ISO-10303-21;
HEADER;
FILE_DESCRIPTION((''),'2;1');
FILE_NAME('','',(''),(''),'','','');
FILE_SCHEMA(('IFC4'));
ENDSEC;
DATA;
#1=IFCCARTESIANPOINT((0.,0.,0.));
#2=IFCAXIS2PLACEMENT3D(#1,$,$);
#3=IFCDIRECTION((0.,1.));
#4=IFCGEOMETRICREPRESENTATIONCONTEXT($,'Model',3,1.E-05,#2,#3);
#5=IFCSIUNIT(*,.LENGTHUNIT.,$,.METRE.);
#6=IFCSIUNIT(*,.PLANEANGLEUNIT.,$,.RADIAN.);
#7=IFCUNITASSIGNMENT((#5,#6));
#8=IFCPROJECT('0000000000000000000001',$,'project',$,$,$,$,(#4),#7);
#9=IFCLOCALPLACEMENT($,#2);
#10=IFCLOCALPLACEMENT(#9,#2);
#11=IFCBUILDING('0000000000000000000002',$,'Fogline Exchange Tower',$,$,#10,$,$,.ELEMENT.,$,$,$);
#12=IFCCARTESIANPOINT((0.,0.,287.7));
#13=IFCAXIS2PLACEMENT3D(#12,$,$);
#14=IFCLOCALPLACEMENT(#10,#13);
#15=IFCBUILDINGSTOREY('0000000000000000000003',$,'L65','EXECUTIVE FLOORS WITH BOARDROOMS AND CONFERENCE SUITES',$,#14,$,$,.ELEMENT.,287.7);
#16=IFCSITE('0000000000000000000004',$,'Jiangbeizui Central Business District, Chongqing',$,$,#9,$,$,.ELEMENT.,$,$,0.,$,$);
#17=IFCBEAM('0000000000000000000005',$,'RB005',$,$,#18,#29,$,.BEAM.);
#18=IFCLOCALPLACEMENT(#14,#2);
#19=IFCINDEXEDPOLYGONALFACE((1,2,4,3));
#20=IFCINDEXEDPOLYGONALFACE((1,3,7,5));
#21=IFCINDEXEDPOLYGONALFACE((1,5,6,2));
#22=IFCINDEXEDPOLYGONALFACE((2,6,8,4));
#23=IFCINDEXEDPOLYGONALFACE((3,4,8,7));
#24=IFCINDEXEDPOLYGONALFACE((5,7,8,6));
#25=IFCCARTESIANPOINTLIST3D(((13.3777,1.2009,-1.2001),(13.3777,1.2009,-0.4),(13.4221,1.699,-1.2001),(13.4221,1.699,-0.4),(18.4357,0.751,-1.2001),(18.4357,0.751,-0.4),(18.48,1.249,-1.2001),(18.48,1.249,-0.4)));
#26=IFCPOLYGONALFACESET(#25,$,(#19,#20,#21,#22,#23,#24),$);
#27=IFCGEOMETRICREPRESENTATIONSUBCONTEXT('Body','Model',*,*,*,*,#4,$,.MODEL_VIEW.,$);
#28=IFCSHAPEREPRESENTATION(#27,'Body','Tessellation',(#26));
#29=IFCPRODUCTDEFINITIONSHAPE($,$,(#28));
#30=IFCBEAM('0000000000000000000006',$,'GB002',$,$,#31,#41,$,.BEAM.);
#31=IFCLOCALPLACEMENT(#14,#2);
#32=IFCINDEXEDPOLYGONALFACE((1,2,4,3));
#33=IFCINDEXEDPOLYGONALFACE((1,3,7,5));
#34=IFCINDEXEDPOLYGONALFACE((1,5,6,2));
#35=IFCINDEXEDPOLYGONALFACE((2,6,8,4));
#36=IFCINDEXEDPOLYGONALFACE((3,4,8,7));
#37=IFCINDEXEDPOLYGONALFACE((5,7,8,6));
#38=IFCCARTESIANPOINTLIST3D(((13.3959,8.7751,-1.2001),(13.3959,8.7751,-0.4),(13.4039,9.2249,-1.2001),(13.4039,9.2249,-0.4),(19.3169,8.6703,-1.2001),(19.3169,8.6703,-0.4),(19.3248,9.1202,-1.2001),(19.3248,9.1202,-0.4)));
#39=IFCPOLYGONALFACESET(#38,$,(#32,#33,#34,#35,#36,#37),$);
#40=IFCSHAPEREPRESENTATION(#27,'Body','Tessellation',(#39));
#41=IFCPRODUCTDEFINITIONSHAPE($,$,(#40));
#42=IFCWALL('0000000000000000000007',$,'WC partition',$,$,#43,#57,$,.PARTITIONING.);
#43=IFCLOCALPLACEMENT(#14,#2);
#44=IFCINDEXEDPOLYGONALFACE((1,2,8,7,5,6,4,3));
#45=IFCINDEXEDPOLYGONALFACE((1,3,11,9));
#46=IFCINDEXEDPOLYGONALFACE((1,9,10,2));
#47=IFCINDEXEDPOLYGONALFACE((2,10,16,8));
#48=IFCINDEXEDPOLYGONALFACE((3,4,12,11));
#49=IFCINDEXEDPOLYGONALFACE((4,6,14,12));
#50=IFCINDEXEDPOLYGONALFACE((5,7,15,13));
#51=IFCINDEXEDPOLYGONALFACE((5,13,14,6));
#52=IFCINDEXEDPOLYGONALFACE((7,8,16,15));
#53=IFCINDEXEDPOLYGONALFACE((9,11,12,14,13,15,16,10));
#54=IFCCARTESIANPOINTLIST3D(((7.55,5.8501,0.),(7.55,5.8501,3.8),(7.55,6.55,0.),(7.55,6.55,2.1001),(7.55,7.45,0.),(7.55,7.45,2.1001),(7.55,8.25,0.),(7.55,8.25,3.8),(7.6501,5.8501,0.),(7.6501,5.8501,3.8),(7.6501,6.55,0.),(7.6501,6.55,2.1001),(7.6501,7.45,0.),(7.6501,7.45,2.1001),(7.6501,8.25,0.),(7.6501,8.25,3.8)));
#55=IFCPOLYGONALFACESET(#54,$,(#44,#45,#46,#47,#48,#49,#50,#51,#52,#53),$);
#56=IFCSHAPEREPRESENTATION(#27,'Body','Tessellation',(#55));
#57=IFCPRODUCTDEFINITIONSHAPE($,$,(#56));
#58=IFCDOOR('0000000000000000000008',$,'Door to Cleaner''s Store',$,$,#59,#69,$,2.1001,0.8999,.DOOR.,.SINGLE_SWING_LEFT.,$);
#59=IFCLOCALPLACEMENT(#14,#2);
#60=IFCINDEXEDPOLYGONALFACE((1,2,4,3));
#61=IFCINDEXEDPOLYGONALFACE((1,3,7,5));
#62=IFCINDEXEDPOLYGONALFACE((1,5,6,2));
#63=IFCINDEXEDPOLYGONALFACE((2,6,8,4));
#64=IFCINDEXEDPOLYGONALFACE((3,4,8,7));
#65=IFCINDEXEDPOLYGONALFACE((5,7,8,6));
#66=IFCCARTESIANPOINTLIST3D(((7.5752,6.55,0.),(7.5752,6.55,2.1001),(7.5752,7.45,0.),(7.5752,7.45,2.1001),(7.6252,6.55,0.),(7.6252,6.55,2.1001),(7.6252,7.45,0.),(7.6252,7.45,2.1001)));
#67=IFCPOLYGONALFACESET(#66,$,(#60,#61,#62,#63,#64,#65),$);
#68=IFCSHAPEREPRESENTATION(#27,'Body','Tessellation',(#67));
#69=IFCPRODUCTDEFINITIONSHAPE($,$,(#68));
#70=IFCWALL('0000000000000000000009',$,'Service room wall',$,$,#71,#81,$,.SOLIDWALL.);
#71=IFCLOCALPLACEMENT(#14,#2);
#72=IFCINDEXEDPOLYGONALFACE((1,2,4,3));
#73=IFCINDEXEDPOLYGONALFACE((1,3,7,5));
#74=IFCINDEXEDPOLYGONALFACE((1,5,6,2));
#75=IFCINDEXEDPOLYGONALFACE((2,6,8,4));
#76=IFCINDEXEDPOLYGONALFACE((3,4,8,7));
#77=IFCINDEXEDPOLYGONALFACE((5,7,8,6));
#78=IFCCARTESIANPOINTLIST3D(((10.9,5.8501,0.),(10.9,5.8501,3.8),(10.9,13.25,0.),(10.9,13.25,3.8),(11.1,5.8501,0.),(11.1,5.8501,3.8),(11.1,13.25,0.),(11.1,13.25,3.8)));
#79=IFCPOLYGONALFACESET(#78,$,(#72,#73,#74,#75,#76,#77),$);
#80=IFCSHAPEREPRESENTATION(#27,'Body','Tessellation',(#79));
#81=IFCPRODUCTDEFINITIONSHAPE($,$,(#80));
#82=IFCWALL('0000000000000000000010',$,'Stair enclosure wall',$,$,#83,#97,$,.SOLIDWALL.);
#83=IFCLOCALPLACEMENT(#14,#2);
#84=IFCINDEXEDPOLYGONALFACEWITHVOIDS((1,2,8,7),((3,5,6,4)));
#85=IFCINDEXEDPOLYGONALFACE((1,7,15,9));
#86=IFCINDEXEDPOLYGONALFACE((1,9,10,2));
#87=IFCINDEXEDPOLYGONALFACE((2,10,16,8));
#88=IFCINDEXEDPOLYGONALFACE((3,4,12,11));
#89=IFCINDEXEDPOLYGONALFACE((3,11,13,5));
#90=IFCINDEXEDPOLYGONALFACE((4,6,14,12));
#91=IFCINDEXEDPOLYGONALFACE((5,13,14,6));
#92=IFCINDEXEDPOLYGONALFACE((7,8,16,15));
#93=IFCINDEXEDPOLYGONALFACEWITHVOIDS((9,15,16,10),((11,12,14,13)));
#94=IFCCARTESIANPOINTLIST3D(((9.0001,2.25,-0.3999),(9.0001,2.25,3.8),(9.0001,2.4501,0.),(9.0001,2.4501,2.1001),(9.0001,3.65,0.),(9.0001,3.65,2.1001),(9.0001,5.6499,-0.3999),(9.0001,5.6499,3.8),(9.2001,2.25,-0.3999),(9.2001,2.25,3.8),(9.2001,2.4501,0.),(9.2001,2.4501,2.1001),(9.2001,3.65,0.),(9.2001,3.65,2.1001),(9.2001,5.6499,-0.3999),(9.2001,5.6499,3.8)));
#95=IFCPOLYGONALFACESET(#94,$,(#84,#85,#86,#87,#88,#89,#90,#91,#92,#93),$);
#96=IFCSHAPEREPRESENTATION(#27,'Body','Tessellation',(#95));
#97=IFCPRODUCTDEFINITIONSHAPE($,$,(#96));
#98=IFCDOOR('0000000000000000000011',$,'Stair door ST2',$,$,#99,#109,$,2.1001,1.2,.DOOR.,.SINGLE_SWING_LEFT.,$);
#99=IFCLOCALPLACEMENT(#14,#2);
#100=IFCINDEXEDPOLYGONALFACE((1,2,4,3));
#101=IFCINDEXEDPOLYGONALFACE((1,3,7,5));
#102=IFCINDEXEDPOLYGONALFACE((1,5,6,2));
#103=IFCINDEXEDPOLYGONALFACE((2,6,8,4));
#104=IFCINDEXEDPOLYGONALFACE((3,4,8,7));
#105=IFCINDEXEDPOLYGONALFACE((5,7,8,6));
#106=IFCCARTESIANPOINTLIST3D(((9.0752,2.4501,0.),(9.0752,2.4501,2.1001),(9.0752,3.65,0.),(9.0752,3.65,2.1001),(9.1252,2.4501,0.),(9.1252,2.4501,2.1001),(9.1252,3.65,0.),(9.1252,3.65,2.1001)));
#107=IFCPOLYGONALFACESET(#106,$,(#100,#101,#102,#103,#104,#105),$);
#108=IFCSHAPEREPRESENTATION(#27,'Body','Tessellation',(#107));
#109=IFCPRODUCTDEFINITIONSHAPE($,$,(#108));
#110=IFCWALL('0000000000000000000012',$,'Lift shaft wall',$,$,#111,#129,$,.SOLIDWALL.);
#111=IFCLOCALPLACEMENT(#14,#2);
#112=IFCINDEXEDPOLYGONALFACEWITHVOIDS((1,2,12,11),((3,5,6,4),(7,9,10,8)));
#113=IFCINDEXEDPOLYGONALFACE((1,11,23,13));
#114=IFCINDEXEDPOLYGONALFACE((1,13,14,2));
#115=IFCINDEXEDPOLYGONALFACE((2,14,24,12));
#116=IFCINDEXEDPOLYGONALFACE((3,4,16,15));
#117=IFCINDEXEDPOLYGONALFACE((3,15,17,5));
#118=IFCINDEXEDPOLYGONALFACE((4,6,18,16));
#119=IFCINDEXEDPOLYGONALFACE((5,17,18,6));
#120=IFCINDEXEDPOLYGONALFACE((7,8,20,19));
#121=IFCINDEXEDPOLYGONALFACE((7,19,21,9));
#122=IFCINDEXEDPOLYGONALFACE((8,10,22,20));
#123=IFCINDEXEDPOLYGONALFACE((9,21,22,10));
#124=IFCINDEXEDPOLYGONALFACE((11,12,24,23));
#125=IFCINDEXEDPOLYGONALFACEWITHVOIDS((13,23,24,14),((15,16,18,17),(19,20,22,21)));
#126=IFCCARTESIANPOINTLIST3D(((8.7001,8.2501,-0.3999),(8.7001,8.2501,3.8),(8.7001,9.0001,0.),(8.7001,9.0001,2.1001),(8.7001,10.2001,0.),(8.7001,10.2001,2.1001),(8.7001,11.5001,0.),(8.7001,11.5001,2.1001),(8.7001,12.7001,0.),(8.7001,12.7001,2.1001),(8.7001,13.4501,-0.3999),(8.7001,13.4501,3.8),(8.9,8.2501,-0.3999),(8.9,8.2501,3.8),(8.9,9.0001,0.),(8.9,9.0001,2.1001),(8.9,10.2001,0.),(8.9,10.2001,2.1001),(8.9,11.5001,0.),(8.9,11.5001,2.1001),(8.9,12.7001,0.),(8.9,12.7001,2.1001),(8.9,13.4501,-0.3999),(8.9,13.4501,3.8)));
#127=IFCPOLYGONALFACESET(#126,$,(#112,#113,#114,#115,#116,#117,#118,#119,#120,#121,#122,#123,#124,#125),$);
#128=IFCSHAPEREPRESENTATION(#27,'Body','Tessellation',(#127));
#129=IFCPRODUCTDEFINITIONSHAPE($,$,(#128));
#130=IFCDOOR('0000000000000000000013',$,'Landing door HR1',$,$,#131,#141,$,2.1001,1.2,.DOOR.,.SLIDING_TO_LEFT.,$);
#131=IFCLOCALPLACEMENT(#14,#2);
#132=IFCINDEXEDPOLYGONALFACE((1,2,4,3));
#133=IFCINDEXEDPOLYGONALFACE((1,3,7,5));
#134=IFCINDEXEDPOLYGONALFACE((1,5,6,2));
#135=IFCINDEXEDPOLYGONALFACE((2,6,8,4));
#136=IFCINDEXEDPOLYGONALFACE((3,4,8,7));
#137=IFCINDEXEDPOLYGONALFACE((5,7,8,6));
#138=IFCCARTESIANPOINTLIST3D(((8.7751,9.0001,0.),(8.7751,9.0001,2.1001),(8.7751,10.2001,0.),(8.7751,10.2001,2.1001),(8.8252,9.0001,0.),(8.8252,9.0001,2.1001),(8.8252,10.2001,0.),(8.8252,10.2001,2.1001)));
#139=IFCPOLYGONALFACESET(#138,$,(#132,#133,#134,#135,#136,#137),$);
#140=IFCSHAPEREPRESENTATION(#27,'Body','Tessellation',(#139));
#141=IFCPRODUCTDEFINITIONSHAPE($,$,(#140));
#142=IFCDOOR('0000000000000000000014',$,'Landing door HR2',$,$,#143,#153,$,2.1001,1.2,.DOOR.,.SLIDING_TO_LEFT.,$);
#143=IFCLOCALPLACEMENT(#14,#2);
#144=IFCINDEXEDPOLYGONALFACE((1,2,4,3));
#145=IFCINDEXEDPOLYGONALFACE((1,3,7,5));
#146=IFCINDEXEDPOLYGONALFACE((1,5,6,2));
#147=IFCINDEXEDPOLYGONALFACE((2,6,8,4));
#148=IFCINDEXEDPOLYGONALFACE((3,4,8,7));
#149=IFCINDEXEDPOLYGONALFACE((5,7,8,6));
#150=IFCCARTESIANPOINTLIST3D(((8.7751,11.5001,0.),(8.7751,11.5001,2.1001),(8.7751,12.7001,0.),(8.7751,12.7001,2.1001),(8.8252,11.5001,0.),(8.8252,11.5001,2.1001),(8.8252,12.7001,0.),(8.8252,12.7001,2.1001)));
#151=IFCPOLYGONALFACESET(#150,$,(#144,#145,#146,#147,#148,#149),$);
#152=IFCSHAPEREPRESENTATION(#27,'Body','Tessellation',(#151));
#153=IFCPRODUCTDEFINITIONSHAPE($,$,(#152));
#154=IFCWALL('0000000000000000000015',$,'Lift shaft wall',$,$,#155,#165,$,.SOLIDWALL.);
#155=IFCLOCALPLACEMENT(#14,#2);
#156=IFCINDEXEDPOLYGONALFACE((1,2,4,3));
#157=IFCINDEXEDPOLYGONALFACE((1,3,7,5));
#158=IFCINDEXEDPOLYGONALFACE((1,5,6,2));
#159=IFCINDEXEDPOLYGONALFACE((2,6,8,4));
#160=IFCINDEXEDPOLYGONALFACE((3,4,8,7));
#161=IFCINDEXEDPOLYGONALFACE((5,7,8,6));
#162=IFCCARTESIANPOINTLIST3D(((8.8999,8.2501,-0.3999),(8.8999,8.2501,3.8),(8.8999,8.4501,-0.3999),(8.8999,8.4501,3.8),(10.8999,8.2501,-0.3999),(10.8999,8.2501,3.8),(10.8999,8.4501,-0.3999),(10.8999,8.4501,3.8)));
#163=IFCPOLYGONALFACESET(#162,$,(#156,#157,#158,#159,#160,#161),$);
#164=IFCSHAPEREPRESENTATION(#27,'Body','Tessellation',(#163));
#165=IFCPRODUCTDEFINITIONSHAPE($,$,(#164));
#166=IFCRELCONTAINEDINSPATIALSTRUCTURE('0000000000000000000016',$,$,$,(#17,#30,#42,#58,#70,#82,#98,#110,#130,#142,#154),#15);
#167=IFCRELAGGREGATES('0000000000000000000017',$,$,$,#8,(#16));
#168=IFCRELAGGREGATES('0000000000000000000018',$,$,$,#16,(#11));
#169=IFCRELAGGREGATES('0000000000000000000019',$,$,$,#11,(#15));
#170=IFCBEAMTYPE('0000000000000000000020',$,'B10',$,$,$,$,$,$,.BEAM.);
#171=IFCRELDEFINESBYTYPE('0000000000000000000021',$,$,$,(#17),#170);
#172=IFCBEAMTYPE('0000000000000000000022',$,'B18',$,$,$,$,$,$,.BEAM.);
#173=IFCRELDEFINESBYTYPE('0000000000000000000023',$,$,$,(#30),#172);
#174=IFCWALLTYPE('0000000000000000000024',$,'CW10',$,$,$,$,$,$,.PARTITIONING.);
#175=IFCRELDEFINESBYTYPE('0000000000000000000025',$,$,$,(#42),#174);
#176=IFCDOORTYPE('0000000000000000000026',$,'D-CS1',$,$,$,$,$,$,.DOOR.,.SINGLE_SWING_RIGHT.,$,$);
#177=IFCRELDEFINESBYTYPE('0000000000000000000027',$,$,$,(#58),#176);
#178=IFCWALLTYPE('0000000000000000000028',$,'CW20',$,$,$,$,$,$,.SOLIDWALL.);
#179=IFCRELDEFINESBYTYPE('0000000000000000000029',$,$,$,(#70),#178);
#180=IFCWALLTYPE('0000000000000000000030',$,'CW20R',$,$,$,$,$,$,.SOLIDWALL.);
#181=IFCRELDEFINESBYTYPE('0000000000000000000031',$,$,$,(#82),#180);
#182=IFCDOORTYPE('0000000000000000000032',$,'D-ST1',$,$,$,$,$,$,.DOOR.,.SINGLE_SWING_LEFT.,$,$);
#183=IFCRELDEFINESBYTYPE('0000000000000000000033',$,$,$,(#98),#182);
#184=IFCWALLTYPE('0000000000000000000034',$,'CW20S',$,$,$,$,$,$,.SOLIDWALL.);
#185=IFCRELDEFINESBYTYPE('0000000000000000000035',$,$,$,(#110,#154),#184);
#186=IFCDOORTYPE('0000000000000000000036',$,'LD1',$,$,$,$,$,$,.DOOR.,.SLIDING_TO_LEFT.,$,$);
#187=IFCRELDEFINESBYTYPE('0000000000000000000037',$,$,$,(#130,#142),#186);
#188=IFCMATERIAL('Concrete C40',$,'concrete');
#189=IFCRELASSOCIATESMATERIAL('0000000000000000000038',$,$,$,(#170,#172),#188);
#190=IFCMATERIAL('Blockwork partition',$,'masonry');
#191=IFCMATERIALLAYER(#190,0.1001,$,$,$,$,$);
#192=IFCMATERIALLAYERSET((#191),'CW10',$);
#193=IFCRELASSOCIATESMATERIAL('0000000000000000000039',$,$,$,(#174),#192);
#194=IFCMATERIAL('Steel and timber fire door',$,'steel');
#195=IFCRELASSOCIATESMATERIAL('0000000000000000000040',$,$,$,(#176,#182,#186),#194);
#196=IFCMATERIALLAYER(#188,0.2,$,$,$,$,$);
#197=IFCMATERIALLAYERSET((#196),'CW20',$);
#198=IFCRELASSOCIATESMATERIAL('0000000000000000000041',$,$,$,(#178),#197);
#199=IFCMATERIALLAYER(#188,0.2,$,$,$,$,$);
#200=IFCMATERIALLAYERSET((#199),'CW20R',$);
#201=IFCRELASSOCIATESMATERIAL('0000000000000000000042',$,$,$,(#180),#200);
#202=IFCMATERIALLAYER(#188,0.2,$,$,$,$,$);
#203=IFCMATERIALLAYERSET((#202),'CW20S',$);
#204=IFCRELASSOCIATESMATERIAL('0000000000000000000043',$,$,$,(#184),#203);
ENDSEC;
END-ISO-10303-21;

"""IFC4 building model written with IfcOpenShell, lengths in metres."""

from ifc_helpers import new_model, si_unit, direction, frame, frame_2d, origin, origin_2d, place, context, subcontext, project, spatial, rectangle, extrude, material, layer, layer_set, material_profile, profile_set, type_object, element, fill, save


model = new_model("IFC4")

# Units and contexts
model_context = context("Model", 3, precision=1e-05, world=origin(), true_north=direction((0.0, 1.0)))
body_context = subcontext(model_context, "Body", "Model", "MODEL_VIEW")
ifc_project = project(units=[si_unit("LENGTHUNIT", "METRE"), si_unit("PLANEANGLEUNIT", "RADIAN")], contexts=[model_context])

# Site, building, storey
site_placement = place(None, origin())
site = spatial("IfcSite", under=ifc_project, at=site_placement, Name="Jiangbeizui Central Business District, Chongqing", CompositionType="ELEMENT", RefElevation=0.0)
building_placement = place(site_placement, origin())
building = spatial("IfcBuilding", under=site, at=building_placement, Name="Fogline Exchange Tower", CompositionType="ELEMENT")
storey_placement = place(building_placement, frame((0.0, 0.0, 287.7)))
storey = spatial("IfcBuildingStorey", under=building, at=storey_placement, Name="L65", Description="EXECUTIVE FLOORS WITH BOARDROOMS AND CONFERENCE SUITES", CompositionType="ELEMENT", Elevation=287.7)

# Beams
ifc_material_1 = material(Name="Concrete C40", Category="concrete")
ifc_material_profile_1 = material_profile(ifc_material_1, rectangle(XDim=0.5, YDim=0.8, at=origin_2d()), Name="RC 500x800")
ifc_profile_set_1 = profile_set([ifc_material_profile_1], Name="Concrete C40")
beam_type_1 = type_object("IfcBeamType", Name="B10", PredefinedType="BEAM", material=ifc_profile_set_1)
beam_1_placement = place(storey_placement, frame((13.3999, 1.45, -0.8), z_axis=(0.996066, -0.088611, 0.0), x_axis=(0.088611, 0.996066, 0.0)))
element("IfcBeam", 1, at=beam_1_placement, inside=storey, type_object=beam_type_1, Name="RB005", PredefinedType="BEAM", context=body_context, shape_type="SweptSolid", body=[
    extrude(rectangle(XDim=0.5, YDim=0.8, at=origin_2d()), origin(), (0.0, 0.0, 1.0), 5.0779),
])
ifc_material_profile_2 = material_profile(ifc_material_1, rectangle(XDim=0.45, YDim=0.8, at=origin_2d()), Name="RC 450x800")
ifc_profile_set_2 = profile_set([ifc_material_profile_2], Name="Concrete C40")
beam_type_2 = type_object("IfcBeamType", Name="B18", PredefinedType="BEAM", material=ifc_profile_set_2)
beam_2_placement = place(storey_placement, frame((13.3999, 9.0, -0.8), z_axis=(0.999844, -0.017686, 0.0), x_axis=(0.017686, 0.999844, 0.0)))
element("IfcBeam", 2, at=beam_2_placement, inside=storey, type_object=beam_type_2, Name="GB002", PredefinedType="BEAM", context=body_context, shape_type="SweptSolid", body=[
    extrude(rectangle(XDim=0.45, YDim=0.8, at=origin_2d()), origin(), (0.0, 0.0, 1.0), 5.9219),
])

# Wall, opening, door
ifc_material_2 = material(Name="Blockwork partition", Category="masonry")
ifc_layer_1 = layer(ifc_material_2, 0.1001)
ifc_layer_set_1 = layer_set([ifc_layer_1], Name="CW10")
wall_type_1 = type_object("IfcWallType", Name="CW10", PredefinedType="PARTITIONING", material=ifc_layer_set_1)
wall_1_placement = place(storey_placement, frame((7.6001, 5.8501, 0.0), z_axis=(0.0, 0.0, 1.0), x_axis=(0.0, 1.0, 0.0)))
wall_1 = element("IfcWall", 3, at=wall_1_placement, inside=storey, type_object=wall_type_1, Name="WC partition", PredefinedType="PARTITIONING", context=body_context, shape_type="SweptSolid", body=[
    extrude(rectangle(XDim=2.3999, YDim=0.1001, at=frame_2d((1.2, 0.0))), origin(), (0.0, 0.0, 1.0), 3.8),
])
opening_1_placement = place(wall_1_placement, frame((0.7, 0.0, 0.0)))
opening_1 = element("IfcOpeningElement", 4, at=opening_1_placement, cuts=wall_1, PredefinedType="OPENING", context=body_context, shape_type="SweptSolid", body=[
    extrude(rectangle(XDim=0.8999, YDim=2.1001, at=frame_2d((0.45, 1.05))), frame((0.0, 0.0601, 0.0), z_axis=(0.0, -1.0, 0.0), x_axis=(1.0, 0.0, 0.0)), (0.0, 0.0, 1.0), 0.1201),
])
ifc_material_3 = material(Name="Steel and timber fire door", Category="steel")
door_type_1 = type_object("IfcDoorType", Name="D-CS1", OperationType="SINGLE_SWING_RIGHT", PredefinedType="DOOR", material=ifc_material_3)
door_1_placement = place(opening_1_placement, origin())
door_1 = element("IfcDoor", 5, at=door_1_placement, inside=storey, type_object=door_type_1, Name="Door to Cleaner's Store", OperationType="SINGLE_SWING_LEFT", OverallHeight=2.1001, OverallWidth=0.8999, PredefinedType="DOOR", context=body_context, shape_type="SweptSolid", body=[
    extrude(rectangle(XDim=0.8999, YDim=2.1001, at=frame_2d((0.45, 1.05))), frame((0.0, 0.0249, 0.0), z_axis=(0.0, -1.0, 0.0), x_axis=(1.0, 0.0, 0.0)), (0.0, 0.0, 1.0), 0.05),
])
fill(opening_1, door_1)

# Wall
ifc_layer_2 = layer(ifc_material_1, 0.2)
ifc_layer_set_2 = layer_set([ifc_layer_2], Name="CW20")
wall_type_2 = type_object("IfcWallType", Name="CW20", PredefinedType="SOLIDWALL", material=ifc_layer_set_2)
wall_2_placement = place(storey_placement, frame((11.0, 5.8501, 0.0), z_axis=(0.0, 0.0, 1.0), x_axis=(0.0, 1.0, 0.0)))
element("IfcWall", 6, at=wall_2_placement, inside=storey, type_object=wall_type_2, Name="Service room wall", PredefinedType="SOLIDWALL", context=body_context, shape_type="SweptSolid", body=[
    extrude(rectangle(XDim=7.3999, YDim=0.2, at=frame_2d((3.7, 0.0))), origin(), (0.0, 0.0, 1.0), 3.8),
])

# Wall, opening, door
ifc_layer_3 = layer(ifc_material_1, 0.2)
ifc_layer_set_3 = layer_set([ifc_layer_3], Name="CW20R")
wall_type_3 = type_object("IfcWallType", Name="CW20R", PredefinedType="SOLIDWALL", material=ifc_layer_set_3)
wall_3_placement = place(storey_placement, frame((9.1001, 2.25, -0.3999), z_axis=(0.0, 0.0, 1.0), x_axis=(0.0, 1.0, 0.0)))
wall_3 = element("IfcWall", 7, at=wall_3_placement, inside=storey, type_object=wall_type_3, Name="Stair enclosure wall", PredefinedType="SOLIDWALL", context=body_context, shape_type="SweptSolid", body=[
    extrude(rectangle(XDim=3.3999, YDim=0.2, at=frame_2d((1.7, 0.0))), origin(), (0.0, 0.0, 1.0), 4.2),
])
opening_2_placement = place(wall_3_placement, frame((0.2, 0.0, 0.3999)))
opening_2 = element("IfcOpeningElement", 8, at=opening_2_placement, cuts=wall_3, PredefinedType="OPENING", context=body_context, shape_type="SweptSolid", body=[
    extrude(rectangle(XDim=1.2, YDim=2.1001, at=frame_2d((0.6001, 1.05))), frame((0.0, 0.1099, 0.0), z_axis=(0.0, -1.0, 0.0), x_axis=(1.0, 0.0, 0.0)), (0.0, 0.0, 1.0), 0.22),
])
door_type_2 = type_object("IfcDoorType", Name="D-ST1", OperationType="SINGLE_SWING_LEFT", PredefinedType="DOOR", material=ifc_material_3)
door_2_placement = place(opening_2_placement, origin())
door_2 = element("IfcDoor", 9, at=door_2_placement, inside=storey, type_object=door_type_2, Name="Stair door ST2", OperationType="SINGLE_SWING_LEFT", OverallHeight=2.1001, OverallWidth=1.2, PredefinedType="DOOR", context=body_context, shape_type="SweptSolid", body=[
    extrude(rectangle(XDim=1.2, YDim=2.1001, at=frame_2d((0.6001, 1.05))), frame((0.0, 0.0249, 0.0), z_axis=(0.0, -1.0, 0.0), x_axis=(1.0, 0.0, 0.0)), (0.0, 0.0, 1.0), 0.05),
])
fill(opening_2, door_2)

# Wall, openings, doors
ifc_layer_4 = layer(ifc_material_1, 0.2)
ifc_layer_set_4 = layer_set([ifc_layer_4], Name="CW20S")
wall_type_4 = type_object("IfcWallType", Name="CW20S", PredefinedType="SOLIDWALL", material=ifc_layer_set_4)
wall_4_placement = place(storey_placement, frame((8.8, 8.25, -0.3999), z_axis=(0.0, 0.0, 1.0), x_axis=(0.0, 1.0, 0.0)))
wall_4 = element("IfcWall", 10, at=wall_4_placement, inside=storey, type_object=wall_type_4, Name="Lift shaft wall", PredefinedType="SOLIDWALL", context=body_context, shape_type="SweptSolid", body=[
    extrude(rectangle(XDim=5.2, YDim=0.2, at=frame_2d((2.6001, 0.0))), origin(), (0.0, 0.0, 1.0), 4.2),
])
opening_3_placement = place(wall_4_placement, frame((0.75, 0.0, 0.3999)))
opening_3 = element("IfcOpeningElement", 11, at=opening_3_placement, cuts=wall_4, PredefinedType="OPENING", context=body_context, shape_type="SweptSolid", body=[
    extrude(rectangle(XDim=1.2, YDim=2.1001, at=frame_2d((0.6001, 1.05))), frame((0.0, 0.1099, 0.0), z_axis=(0.0, -1.0, 0.0), x_axis=(1.0, 0.0, 0.0)), (0.0, 0.0, 1.0), 0.22),
])
opening_4_placement = place(wall_4_placement, frame((3.25, 0.0, 0.3999)))
opening_4 = element("IfcOpeningElement", 12, at=opening_4_placement, cuts=wall_4, PredefinedType="OPENING", context=body_context, shape_type="SweptSolid", body=[
    extrude(rectangle(XDim=1.2, YDim=2.1001, at=frame_2d((0.6001, 1.05))), frame((0.0, 0.1099, 0.0), z_axis=(0.0, -1.0, 0.0), x_axis=(1.0, 0.0, 0.0)), (0.0, 0.0, 1.0), 0.22),
])
door_type_3 = type_object("IfcDoorType", Name="LD1", OperationType="SLIDING_TO_LEFT", PredefinedType="DOOR", material=ifc_material_3)
door_3_placement = place(opening_3_placement, origin())
door_3 = element("IfcDoor", 13, at=door_3_placement, inside=storey, type_object=door_type_3, Name="Landing door HR1", OperationType="SLIDING_TO_LEFT", OverallHeight=2.1001, OverallWidth=1.2, PredefinedType="DOOR", context=body_context, shape_type="SweptSolid", body=[
    extrude(rectangle(XDim=1.2, YDim=2.1001, at=frame_2d((0.6001, 1.05))), frame((0.0, 0.0249, 0.0), z_axis=(0.0, -1.0, 0.0), x_axis=(1.0, 0.0, 0.0)), (0.0, 0.0, 1.0), 0.05),
])
fill(opening_3, door_3)
door_4_placement = place(opening_4_placement, origin())
door_4 = element("IfcDoor", 14, at=door_4_placement, inside=storey, type_object=door_type_3, Name="Landing door HR2", OperationType="SLIDING_TO_LEFT", OverallHeight=2.1001, OverallWidth=1.2, PredefinedType="DOOR", context=body_context, shape_type="SweptSolid", body=[
    extrude(rectangle(XDim=1.2, YDim=2.1001, at=frame_2d((0.6001, 1.05))), frame((0.0, 0.0249, 0.0), z_axis=(0.0, -1.0, 0.0), x_axis=(1.0, 0.0, 0.0)), (0.0, 0.0, 1.0), 0.05),
])
fill(opening_4, door_4)

# Wall
for number, where, z_axis, x_axis, name in (
    (15, (8.8999, 8.3501, -0.3999), (0.0, 0.0, 1.0), (1.0, 0.0, 0.0), "Lift shaft wall"),
):
    element("IfcWall", number, at=place(storey_placement, frame(where, z_axis=z_axis, x_axis=x_axis)), inside=storey, type_object=wall_type_4, Name=name, PredefinedType="SOLIDWALL", context=body_context, shape_type="SweptSolid", body=[
        extrude(rectangle(XDim=2.0, YDim=0.2, at=frame_2d((1.0, 0.0))), origin(), (0.0, 0.0, 1.0), 4.2),
    ])

save(model, "model.ifc")
